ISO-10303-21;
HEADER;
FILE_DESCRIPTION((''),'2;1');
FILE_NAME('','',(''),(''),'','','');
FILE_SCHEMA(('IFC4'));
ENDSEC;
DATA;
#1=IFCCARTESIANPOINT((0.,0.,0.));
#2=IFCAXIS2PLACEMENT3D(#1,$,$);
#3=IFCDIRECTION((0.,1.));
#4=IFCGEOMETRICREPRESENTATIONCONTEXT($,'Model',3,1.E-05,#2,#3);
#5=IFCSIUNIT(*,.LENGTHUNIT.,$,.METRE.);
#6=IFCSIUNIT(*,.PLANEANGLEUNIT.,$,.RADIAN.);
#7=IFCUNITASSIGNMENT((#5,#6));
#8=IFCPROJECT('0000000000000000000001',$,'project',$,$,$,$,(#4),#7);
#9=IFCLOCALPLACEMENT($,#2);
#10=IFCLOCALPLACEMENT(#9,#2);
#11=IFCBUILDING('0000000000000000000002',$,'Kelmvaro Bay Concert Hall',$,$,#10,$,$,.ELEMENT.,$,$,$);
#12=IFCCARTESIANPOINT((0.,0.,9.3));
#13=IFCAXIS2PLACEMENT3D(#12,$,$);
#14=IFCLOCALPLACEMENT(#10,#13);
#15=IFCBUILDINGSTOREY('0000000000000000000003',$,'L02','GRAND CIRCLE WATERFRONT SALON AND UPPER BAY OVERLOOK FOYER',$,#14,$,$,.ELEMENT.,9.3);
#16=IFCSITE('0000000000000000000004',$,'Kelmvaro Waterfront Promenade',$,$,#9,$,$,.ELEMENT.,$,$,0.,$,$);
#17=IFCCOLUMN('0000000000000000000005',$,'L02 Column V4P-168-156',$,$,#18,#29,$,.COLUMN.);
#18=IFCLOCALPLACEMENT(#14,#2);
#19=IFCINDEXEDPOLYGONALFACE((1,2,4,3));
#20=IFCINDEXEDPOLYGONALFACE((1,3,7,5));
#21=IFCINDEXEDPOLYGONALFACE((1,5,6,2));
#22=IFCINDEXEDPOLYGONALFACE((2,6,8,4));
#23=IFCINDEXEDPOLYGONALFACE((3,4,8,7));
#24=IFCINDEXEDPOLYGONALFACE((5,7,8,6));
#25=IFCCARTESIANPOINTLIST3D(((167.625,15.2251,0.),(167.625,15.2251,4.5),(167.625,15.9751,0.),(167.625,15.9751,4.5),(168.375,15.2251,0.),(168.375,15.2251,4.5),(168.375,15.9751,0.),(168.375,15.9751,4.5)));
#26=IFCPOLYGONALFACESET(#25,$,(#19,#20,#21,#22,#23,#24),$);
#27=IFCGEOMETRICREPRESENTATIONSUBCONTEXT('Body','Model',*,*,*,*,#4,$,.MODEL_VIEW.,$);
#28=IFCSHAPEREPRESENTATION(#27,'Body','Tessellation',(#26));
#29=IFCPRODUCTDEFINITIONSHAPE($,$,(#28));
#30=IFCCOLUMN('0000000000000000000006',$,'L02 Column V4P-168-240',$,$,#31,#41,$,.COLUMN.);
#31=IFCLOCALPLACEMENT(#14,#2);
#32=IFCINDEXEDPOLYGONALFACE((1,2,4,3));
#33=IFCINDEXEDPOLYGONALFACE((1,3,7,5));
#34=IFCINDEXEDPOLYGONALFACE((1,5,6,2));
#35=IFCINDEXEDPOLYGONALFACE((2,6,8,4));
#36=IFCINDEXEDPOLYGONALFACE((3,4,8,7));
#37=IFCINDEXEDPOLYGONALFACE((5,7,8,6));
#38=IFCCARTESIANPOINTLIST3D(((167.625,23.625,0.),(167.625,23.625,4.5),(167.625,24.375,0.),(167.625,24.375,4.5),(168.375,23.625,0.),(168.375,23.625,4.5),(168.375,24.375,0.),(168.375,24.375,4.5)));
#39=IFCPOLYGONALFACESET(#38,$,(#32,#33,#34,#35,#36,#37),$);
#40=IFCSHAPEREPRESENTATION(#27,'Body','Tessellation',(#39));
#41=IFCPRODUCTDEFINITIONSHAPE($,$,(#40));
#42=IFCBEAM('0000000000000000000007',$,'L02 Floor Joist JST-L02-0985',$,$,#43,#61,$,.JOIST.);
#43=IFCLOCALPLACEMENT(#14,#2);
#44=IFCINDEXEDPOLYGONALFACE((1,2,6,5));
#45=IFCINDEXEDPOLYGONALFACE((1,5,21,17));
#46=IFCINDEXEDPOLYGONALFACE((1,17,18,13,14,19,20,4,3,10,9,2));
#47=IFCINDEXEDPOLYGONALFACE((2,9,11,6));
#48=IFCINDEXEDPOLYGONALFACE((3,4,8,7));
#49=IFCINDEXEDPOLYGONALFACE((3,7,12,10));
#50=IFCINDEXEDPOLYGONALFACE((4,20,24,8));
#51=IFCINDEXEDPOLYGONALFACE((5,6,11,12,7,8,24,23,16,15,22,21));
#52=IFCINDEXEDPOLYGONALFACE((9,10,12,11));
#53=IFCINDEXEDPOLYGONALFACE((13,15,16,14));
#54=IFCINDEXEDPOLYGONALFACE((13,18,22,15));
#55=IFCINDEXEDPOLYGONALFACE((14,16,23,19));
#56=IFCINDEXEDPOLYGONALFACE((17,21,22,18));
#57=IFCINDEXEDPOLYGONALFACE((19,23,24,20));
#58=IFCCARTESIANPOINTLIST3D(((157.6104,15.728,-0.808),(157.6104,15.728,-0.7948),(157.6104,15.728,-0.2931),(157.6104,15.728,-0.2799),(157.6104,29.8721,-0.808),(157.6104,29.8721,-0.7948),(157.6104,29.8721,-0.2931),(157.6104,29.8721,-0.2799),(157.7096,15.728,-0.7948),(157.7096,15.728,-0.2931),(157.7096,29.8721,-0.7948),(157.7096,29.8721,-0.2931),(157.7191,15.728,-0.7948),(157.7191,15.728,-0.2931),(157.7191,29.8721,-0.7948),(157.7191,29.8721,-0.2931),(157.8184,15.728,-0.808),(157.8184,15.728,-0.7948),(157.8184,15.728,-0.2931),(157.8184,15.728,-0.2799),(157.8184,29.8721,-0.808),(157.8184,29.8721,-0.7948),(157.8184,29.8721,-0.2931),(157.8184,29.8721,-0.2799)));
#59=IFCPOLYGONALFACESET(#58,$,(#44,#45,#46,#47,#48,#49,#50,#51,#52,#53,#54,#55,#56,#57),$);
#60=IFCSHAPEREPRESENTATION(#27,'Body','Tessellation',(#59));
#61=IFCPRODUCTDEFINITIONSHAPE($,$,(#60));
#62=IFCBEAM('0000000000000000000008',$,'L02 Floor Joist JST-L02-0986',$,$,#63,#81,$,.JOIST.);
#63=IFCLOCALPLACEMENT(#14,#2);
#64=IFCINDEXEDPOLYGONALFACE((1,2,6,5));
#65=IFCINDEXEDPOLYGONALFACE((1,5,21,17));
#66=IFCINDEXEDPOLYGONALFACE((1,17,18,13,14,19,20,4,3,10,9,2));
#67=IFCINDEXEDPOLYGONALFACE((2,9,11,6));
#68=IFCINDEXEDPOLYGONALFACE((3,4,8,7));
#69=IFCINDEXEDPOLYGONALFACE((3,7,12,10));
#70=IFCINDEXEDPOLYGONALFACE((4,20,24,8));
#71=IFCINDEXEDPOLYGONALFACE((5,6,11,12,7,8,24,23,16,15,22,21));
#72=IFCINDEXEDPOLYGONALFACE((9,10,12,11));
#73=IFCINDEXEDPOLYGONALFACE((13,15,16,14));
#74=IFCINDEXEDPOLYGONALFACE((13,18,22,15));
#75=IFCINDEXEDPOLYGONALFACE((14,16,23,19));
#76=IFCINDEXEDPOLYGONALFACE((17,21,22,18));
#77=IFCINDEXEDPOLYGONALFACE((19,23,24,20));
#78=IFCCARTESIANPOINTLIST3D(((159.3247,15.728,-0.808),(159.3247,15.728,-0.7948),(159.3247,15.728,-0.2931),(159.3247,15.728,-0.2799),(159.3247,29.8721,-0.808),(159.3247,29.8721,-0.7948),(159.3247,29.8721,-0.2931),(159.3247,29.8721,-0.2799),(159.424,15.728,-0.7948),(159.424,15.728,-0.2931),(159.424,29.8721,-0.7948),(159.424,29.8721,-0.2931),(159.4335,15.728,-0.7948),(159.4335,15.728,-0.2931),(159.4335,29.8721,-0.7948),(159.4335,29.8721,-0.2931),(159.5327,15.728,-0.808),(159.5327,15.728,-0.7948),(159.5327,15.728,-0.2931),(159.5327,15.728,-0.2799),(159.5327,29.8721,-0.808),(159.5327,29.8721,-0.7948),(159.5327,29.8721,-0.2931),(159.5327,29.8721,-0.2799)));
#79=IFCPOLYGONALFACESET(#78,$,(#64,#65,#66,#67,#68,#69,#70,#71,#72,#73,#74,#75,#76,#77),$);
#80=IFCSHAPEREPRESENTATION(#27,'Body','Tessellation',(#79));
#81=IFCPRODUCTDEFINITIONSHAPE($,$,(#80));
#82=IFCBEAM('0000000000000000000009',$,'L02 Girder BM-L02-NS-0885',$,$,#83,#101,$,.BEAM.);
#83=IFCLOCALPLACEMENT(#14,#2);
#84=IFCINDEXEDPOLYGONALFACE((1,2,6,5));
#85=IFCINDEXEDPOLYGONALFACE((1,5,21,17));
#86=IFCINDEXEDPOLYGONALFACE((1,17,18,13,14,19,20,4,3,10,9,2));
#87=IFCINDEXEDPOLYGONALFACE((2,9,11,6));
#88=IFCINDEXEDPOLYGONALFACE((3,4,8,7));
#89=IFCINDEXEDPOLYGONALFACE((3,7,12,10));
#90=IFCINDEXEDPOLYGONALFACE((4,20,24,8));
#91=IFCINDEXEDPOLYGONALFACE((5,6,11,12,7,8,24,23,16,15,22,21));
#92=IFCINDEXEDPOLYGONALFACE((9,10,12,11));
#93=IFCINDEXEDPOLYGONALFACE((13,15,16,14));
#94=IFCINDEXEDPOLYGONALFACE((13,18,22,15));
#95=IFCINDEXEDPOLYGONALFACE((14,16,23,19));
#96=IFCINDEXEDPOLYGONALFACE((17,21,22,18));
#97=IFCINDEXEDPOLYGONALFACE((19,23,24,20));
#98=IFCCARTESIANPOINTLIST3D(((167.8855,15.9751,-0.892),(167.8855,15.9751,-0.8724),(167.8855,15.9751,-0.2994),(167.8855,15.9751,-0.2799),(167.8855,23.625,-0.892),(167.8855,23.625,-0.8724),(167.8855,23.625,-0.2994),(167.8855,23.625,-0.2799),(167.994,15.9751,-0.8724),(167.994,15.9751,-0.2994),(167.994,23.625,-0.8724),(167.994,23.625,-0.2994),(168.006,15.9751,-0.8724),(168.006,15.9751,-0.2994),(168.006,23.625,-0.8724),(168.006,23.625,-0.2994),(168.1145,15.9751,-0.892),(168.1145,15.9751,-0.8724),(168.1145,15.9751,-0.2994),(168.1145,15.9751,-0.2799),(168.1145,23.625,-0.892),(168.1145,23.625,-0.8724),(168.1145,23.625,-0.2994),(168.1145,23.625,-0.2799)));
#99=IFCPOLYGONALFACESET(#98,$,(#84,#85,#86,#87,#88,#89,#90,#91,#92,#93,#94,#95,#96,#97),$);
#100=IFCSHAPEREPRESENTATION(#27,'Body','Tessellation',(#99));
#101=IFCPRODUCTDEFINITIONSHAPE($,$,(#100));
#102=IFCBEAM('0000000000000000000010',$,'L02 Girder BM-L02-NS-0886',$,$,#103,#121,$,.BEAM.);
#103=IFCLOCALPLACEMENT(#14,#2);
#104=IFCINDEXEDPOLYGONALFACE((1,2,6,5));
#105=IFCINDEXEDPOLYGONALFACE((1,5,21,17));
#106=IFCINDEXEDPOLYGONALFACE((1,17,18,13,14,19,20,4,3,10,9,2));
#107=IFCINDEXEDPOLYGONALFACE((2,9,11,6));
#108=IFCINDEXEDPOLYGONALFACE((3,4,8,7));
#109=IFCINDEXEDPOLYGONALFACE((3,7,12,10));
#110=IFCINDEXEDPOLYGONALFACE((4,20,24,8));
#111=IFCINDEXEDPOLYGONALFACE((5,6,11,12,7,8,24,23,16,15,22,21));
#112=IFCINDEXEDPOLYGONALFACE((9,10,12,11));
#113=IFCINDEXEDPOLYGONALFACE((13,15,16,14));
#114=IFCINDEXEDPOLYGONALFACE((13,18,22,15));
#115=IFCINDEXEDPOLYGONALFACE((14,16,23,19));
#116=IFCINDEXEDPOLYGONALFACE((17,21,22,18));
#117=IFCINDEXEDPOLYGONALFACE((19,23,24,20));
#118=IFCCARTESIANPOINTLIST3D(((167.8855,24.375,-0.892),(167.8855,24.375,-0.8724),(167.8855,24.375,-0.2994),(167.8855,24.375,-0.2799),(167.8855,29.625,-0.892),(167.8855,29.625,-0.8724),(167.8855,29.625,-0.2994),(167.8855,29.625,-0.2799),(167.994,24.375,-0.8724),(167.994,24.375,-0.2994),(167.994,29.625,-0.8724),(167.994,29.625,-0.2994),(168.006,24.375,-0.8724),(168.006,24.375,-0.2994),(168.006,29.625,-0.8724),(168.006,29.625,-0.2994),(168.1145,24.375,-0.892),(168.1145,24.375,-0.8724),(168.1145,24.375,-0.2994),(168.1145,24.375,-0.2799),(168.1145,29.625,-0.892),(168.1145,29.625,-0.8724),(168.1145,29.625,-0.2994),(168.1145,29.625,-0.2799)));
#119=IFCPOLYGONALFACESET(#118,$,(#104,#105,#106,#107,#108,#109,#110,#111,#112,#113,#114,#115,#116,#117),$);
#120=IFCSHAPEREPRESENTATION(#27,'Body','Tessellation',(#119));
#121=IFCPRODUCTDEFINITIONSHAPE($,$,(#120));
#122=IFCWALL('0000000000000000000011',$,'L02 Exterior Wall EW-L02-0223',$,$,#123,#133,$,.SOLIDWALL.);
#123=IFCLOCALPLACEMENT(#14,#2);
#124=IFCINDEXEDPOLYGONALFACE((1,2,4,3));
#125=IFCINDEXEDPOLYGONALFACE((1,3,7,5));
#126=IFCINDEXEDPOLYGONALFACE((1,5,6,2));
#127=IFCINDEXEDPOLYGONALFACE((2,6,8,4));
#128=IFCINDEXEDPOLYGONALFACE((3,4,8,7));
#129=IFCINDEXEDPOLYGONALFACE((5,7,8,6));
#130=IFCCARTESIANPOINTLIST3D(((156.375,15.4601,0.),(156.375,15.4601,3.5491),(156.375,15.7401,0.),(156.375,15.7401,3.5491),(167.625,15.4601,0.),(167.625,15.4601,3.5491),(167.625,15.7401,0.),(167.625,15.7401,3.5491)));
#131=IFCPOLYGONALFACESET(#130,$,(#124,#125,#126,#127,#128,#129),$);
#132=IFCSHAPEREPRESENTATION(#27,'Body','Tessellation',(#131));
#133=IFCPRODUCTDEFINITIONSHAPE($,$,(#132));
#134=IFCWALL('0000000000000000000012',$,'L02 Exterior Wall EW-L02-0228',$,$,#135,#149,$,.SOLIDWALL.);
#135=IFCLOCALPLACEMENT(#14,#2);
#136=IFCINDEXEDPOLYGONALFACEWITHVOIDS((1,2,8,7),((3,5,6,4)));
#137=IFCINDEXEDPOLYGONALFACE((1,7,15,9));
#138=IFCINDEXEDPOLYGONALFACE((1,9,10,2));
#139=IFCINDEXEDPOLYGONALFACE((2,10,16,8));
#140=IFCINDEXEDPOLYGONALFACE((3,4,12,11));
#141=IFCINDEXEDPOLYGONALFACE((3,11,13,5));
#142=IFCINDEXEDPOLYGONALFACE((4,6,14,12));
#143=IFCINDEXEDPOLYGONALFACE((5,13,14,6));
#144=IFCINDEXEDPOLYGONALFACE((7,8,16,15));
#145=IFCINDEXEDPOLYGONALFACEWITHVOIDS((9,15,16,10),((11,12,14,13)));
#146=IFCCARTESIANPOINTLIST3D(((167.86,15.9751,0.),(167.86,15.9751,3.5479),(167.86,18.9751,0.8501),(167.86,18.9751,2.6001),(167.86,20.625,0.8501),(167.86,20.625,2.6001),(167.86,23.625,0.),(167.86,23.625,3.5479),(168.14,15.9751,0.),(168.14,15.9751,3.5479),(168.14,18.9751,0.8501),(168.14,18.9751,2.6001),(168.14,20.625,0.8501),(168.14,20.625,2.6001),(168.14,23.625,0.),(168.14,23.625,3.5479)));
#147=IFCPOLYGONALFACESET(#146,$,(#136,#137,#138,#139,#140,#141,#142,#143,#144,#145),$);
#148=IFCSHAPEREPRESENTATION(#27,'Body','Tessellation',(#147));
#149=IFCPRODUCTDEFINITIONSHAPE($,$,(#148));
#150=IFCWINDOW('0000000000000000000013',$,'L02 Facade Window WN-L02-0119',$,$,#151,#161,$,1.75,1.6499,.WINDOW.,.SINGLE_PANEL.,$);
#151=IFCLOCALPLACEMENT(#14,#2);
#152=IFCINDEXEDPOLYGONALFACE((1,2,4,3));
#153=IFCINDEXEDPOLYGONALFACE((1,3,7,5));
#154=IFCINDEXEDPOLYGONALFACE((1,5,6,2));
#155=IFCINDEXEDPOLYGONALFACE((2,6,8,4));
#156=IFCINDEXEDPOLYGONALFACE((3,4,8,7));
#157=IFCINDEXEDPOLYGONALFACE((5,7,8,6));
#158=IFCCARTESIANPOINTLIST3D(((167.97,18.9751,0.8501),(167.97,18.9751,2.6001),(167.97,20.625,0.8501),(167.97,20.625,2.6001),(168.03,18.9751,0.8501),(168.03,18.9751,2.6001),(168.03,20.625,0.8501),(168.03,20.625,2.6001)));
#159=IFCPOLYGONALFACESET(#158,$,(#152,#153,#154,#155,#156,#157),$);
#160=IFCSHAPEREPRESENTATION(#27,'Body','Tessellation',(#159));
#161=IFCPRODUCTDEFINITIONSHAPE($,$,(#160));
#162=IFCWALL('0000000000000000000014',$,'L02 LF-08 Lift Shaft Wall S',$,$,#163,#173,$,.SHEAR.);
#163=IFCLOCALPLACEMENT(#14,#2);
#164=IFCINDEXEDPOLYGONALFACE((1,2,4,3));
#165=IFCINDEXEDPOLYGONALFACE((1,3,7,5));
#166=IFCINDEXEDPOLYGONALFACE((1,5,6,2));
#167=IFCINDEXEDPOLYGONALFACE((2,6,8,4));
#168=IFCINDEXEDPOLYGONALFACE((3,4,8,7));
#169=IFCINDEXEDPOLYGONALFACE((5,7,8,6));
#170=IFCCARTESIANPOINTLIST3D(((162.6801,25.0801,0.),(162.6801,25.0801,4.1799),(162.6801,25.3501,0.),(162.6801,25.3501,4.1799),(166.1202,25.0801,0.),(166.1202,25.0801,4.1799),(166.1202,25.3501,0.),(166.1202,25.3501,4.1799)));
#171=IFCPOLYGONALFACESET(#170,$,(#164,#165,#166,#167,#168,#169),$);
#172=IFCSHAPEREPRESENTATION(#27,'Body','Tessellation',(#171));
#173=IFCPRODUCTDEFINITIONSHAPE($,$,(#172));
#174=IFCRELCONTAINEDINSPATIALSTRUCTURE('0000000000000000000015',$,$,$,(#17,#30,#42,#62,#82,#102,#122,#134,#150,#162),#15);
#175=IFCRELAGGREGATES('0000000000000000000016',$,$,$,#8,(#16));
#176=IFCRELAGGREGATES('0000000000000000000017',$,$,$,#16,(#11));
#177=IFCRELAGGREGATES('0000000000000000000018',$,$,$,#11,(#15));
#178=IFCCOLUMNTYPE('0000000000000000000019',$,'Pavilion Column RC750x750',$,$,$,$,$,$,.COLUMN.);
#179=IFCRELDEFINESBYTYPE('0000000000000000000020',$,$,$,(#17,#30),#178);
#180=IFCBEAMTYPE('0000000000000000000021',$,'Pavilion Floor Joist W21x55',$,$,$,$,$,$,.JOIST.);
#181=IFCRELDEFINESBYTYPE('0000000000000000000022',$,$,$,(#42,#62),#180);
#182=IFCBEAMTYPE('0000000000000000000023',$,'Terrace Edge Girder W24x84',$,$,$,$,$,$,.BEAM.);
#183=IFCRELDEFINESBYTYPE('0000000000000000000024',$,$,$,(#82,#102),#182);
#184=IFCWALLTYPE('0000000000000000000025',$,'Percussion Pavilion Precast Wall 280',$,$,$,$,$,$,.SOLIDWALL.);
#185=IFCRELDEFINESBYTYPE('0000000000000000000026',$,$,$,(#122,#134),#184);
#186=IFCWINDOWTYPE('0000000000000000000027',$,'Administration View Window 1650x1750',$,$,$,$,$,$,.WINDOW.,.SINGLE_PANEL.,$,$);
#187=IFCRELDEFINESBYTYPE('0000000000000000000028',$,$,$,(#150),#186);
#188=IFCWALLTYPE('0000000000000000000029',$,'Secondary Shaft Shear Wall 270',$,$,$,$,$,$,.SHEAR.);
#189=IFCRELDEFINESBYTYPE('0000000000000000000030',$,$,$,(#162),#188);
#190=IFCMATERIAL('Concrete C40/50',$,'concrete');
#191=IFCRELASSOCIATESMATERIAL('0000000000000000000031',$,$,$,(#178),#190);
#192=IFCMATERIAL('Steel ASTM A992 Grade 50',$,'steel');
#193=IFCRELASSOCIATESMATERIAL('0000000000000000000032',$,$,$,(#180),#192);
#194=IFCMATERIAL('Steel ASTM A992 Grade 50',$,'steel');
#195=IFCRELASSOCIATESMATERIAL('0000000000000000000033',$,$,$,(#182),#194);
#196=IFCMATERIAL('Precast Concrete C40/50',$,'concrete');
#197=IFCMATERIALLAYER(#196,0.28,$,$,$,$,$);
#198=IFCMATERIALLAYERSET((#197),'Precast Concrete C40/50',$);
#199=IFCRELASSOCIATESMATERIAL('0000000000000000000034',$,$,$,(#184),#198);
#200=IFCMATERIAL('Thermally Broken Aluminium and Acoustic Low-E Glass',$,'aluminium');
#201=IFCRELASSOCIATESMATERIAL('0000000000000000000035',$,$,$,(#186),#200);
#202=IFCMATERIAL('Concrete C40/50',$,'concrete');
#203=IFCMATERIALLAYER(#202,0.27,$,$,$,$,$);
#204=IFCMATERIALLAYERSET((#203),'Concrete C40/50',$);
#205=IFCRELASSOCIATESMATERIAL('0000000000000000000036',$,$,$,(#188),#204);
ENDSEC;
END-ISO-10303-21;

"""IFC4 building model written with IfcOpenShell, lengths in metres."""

from ifc_helpers import new_model, si_unit, direction, frame, frame_2d, origin, origin_2d, place, context, subcontext, project, spatial, rectangle, i_section, extrude, material, layer, layer_set, material_profile, profile_set, type_object, element, fill, save


model = new_model("IFC4")

# Units and contexts
model_context = context("Model", 3, precision=1e-05, world=origin(), true_north=direction((0.0, 1.0)))
body_context = subcontext(model_context, "Body", "Model", "MODEL_VIEW")
ifc_project = project(units=[si_unit("LENGTHUNIT", "METRE"), si_unit("PLANEANGLEUNIT", "RADIAN")], contexts=[model_context])

# Site, building, storey
site_placement = place(None, origin())
site = spatial("IfcSite", under=ifc_project, at=site_placement, Name="Kelmvaro Waterfront Promenade", CompositionType="ELEMENT", RefElevation=0.0)
building_placement = place(site_placement, origin())
building = spatial("IfcBuilding", under=site, at=building_placement, Name="Kelmvaro Bay Concert Hall", CompositionType="ELEMENT")
storey_placement = place(building_placement, frame((0.0, 0.0, 9.3)))
storey = spatial("IfcBuildingStorey", under=building, at=storey_placement, Name="L02", Description="GRAND CIRCLE WATERFRONT SALON AND UPPER BAY OVERLOOK FOYER", CompositionType="ELEMENT", Elevation=9.3)

# Columns
ifc_material_1 = material(Name="Concrete C40/50", Category="concrete")
ifc_material_profile_1 = material_profile(ifc_material_1, rectangle(XDim=0.75, YDim=0.75, at=origin_2d()), Name="RC-COL-750X750")
ifc_profile_set_1 = profile_set([ifc_material_profile_1], Name="Concrete C40/50")
column_type = type_object("IfcColumnType", Name="Pavilion Column RC750x750", PredefinedType="COLUMN", material=ifc_profile_set_1)
for number, where, z_axis, x_axis, name in (
    (1, (168.0, 15.6001, 0.0), (0.0, 0.0, 1.0), (1.0, 0.0, 0.0), "L02 Column V4P-168-156"),
    (2, (168.0, 24.0, 0.0), (0.0, 0.0, 1.0), (1.0, 0.0, 0.0), "L02 Column V4P-168-240"),
):
    element("IfcColumn", number, at=place(storey_placement, frame(where, z_axis=z_axis, x_axis=x_axis)), inside=storey, type_object=column_type, Name=name, PredefinedType="COLUMN", context=body_context, shape_type="SweptSolid", body=[
        extrude(rectangle(XDim=0.75, YDim=0.75, at=origin_2d()), origin(), (0.0, 0.0, 1.0), 4.5),
    ])

# Beams
ifc_material_2 = material(Name="Steel ASTM A992 Grade 50", Category="steel")
ifc_material_profile_2 = material_profile(ifc_material_2, i_section(OverallWidth=0.208, OverallDepth=0.5281, WebThickness=0.0095, FlangeThickness=0.0132, at=origin_2d()), Name="W21X55")
ifc_profile_set_2 = profile_set([ifc_material_profile_2], Name="Steel ASTM A992 Grade 50")
beam_type_1 = type_object("IfcBeamType", Name="Pavilion Floor Joist W21x55", PredefinedType="JOIST", material=ifc_profile_set_2)
for number, where, z_axis, x_axis, name in (
    (3, (157.7144, 15.728, -0.5439), (0.0, 1.0, 0.0), (-1.0, 0.0, 0.0), "L02 Floor Joist JST-L02-0985"),
    (4, (159.4287, 15.728, -0.5439), (0.0, 1.0, 0.0), (-1.0, 0.0, 0.0), "L02 Floor Joist JST-L02-0986"),
):
    element("IfcBeam", number, at=place(storey_placement, frame(where, z_axis=z_axis, x_axis=x_axis)), inside=storey, type_object=beam_type_1, Name=name, PredefinedType="JOIST", context=body_context, shape_type="SweptSolid", body=[
        extrude(i_section(OverallWidth=0.208, OverallDepth=0.5281, WebThickness=0.0095, FlangeThickness=0.0132, at=origin_2d()), origin(), (0.0, 0.0, 1.0), 14.144),
    ])
ifc_material_3 = material(Name="Steel ASTM A992 Grade 50", Category="steel")
ifc_material_profile_3 = material_profile(ifc_material_3, i_section(OverallWidth=0.229, OverallDepth=0.6121, WebThickness=0.012, FlangeThickness=0.0195, at=origin_2d()), Name="W24X84")
ifc_profile_set_3 = profile_set([ifc_material_profile_3], Name="Steel ASTM A992 Grade 50")
beam_type_2 = type_object("IfcBeamType", Name="Terrace Edge Girder W24x84", PredefinedType="BEAM", material=ifc_profile_set_3)
beam_1_placement = place(storey_placement, frame((168.0, 15.9751, -0.5859), z_axis=(0.0, 1.0, 0.0), x_axis=(-1.0, 0.0, 0.0)))
element("IfcBeam", 5, at=beam_1_placement, inside=storey, type_object=beam_type_2, Name="L02 Girder BM-L02-NS-0885", PredefinedType="BEAM", context=body_context, shape_type="SweptSolid", body=[
    extrude(i_section(OverallWidth=0.229, OverallDepth=0.6121, WebThickness=0.012, FlangeThickness=0.0195, at=origin_2d()), origin(), (0.0, 0.0, 1.0), 7.6499),
])
beam_2_placement = place(storey_placement, frame((168.0, 24.375, -0.5859), z_axis=(0.0, 1.0, 0.0), x_axis=(-1.0, 0.0, 0.0)))
element("IfcBeam", 6, at=beam_2_placement, inside=storey, type_object=beam_type_2, Name="L02 Girder BM-L02-NS-0886", PredefinedType="BEAM", context=body_context, shape_type="SweptSolid", body=[
    extrude(i_section(OverallWidth=0.229, OverallDepth=0.6121, WebThickness=0.012, FlangeThickness=0.0195, at=origin_2d()), origin(), (0.0, 0.0, 1.0), 5.25),
])

# Wall
ifc_material_4 = material(Name="Precast Concrete C40/50", Category="concrete")
ifc_layer_1 = layer(ifc_material_4, 0.28)
ifc_layer_set_1 = layer_set([ifc_layer_1], Name="Precast Concrete C40/50")
wall_type_1 = type_object("IfcWallType", Name="Percussion Pavilion Precast Wall 280", PredefinedType="SOLIDWALL", material=ifc_layer_set_1)
wall_1_placement = place(storey_placement, frame((167.625, 15.6001, 0.0), z_axis=(0.0, 0.0, 1.0), x_axis=(-1.0, 0.0, 0.0)))
element("IfcWall", 7, at=wall_1_placement, inside=storey, type_object=wall_type_1, Name="L02 Exterior Wall EW-L02-0223", PredefinedType="SOLIDWALL", context=body_context, shape_type="SweptSolid", body=[
    extrude(rectangle(XDim=11.25, YDim=0.28, at=frame_2d((5.625, 0.0))), origin(), (0.0, 0.0, 1.0), 3.5491),
])

# Wall, opening, window
wall_2_placement = place(storey_placement, frame((168.0, 23.625, 0.0), z_axis=(0.0, 0.0, 1.0), x_axis=(0.0, -1.0, 0.0)))
wall_2 = element("IfcWall", 8, at=wall_2_placement, inside=storey, type_object=wall_type_1, Name="L02 Exterior Wall EW-L02-0228", PredefinedType="SOLIDWALL", context=body_context, shape_type="SweptSolid", body=[
    extrude(rectangle(XDim=7.6499, YDim=0.28, at=frame_2d((3.825, 0.0))), origin(), (0.0, 0.0, 1.0), 3.5479),
])
opening_1_placement = place(wall_2_placement, frame((3.0, 0.0, 0.8501)))
opening_1 = element("IfcOpeningElement", 9, at=opening_1_placement, cuts=wall_2, PredefinedType="OPENING", context=body_context, shape_type="SweptSolid", body=[
    extrude(rectangle(XDim=1.6499, YDim=1.75, at=frame_2d((0.825, 0.875))), frame((0.0, 0.1499, 0.0), z_axis=(0.0, -1.0, 0.0), x_axis=(1.0, 0.0, 0.0)), (0.0, 0.0, 1.0), 0.3),
])
ifc_material_5 = material(Name="Thermally Broken Aluminium and Acoustic Low-E Glass", Category="aluminium")
window_type = type_object("IfcWindowType", Name="Administration View Window 1650x1750", PartitioningType="SINGLE_PANEL", PredefinedType="WINDOW", material=ifc_material_5)
window_placement = place(opening_1_placement, origin())
window = element("IfcWindow", 10, at=window_placement, inside=storey, type_object=window_type, Name="L02 Facade Window WN-L02-0119", OverallHeight=1.75, OverallWidth=1.6499, PartitioningType="SINGLE_PANEL", PredefinedType="WINDOW", context=body_context, shape_type="SweptSolid", body=[
    extrude(rectangle(XDim=1.6499, YDim=1.75, at=frame_2d((0.825, 0.875))), frame((0.0, 0.03, 0.0), z_axis=(0.0, -1.0, 0.0), x_axis=(1.0, 0.0, 0.0)), (0.0, 0.0, 1.0), 0.0601),
])
fill(opening_1, window)

# Wall
ifc_material_6 = material(Name="Concrete C40/50", Category="concrete")
ifc_layer_2 = layer(ifc_material_6, 0.27)
ifc_layer_set_2 = layer_set([ifc_layer_2], Name="Concrete C40/50")
wall_type_2 = type_object("IfcWallType", Name="Secondary Shaft Shear Wall 270", PredefinedType="SHEAR", material=ifc_layer_set_2)
wall_3_placement = place(storey_placement, frame((162.6799, 25.2151, 0.0), z_axis=(0.0, 0.0, 1.0), x_axis=(1.0, 0.0, 0.0)))
element("IfcWall", 11, at=wall_3_placement, inside=storey, type_object=wall_type_2, Name="L02 LF-08 Lift Shaft Wall S", PredefinedType="SHEAR", context=body_context, shape_type="SweptSolid", body=[
    extrude(rectangle(XDim=3.4402, YDim=0.27, at=frame_2d((1.7202, 0.0))), origin(), (0.0, 0.0, 1.0), 4.1799),
])

save(model, "model.ifc")
